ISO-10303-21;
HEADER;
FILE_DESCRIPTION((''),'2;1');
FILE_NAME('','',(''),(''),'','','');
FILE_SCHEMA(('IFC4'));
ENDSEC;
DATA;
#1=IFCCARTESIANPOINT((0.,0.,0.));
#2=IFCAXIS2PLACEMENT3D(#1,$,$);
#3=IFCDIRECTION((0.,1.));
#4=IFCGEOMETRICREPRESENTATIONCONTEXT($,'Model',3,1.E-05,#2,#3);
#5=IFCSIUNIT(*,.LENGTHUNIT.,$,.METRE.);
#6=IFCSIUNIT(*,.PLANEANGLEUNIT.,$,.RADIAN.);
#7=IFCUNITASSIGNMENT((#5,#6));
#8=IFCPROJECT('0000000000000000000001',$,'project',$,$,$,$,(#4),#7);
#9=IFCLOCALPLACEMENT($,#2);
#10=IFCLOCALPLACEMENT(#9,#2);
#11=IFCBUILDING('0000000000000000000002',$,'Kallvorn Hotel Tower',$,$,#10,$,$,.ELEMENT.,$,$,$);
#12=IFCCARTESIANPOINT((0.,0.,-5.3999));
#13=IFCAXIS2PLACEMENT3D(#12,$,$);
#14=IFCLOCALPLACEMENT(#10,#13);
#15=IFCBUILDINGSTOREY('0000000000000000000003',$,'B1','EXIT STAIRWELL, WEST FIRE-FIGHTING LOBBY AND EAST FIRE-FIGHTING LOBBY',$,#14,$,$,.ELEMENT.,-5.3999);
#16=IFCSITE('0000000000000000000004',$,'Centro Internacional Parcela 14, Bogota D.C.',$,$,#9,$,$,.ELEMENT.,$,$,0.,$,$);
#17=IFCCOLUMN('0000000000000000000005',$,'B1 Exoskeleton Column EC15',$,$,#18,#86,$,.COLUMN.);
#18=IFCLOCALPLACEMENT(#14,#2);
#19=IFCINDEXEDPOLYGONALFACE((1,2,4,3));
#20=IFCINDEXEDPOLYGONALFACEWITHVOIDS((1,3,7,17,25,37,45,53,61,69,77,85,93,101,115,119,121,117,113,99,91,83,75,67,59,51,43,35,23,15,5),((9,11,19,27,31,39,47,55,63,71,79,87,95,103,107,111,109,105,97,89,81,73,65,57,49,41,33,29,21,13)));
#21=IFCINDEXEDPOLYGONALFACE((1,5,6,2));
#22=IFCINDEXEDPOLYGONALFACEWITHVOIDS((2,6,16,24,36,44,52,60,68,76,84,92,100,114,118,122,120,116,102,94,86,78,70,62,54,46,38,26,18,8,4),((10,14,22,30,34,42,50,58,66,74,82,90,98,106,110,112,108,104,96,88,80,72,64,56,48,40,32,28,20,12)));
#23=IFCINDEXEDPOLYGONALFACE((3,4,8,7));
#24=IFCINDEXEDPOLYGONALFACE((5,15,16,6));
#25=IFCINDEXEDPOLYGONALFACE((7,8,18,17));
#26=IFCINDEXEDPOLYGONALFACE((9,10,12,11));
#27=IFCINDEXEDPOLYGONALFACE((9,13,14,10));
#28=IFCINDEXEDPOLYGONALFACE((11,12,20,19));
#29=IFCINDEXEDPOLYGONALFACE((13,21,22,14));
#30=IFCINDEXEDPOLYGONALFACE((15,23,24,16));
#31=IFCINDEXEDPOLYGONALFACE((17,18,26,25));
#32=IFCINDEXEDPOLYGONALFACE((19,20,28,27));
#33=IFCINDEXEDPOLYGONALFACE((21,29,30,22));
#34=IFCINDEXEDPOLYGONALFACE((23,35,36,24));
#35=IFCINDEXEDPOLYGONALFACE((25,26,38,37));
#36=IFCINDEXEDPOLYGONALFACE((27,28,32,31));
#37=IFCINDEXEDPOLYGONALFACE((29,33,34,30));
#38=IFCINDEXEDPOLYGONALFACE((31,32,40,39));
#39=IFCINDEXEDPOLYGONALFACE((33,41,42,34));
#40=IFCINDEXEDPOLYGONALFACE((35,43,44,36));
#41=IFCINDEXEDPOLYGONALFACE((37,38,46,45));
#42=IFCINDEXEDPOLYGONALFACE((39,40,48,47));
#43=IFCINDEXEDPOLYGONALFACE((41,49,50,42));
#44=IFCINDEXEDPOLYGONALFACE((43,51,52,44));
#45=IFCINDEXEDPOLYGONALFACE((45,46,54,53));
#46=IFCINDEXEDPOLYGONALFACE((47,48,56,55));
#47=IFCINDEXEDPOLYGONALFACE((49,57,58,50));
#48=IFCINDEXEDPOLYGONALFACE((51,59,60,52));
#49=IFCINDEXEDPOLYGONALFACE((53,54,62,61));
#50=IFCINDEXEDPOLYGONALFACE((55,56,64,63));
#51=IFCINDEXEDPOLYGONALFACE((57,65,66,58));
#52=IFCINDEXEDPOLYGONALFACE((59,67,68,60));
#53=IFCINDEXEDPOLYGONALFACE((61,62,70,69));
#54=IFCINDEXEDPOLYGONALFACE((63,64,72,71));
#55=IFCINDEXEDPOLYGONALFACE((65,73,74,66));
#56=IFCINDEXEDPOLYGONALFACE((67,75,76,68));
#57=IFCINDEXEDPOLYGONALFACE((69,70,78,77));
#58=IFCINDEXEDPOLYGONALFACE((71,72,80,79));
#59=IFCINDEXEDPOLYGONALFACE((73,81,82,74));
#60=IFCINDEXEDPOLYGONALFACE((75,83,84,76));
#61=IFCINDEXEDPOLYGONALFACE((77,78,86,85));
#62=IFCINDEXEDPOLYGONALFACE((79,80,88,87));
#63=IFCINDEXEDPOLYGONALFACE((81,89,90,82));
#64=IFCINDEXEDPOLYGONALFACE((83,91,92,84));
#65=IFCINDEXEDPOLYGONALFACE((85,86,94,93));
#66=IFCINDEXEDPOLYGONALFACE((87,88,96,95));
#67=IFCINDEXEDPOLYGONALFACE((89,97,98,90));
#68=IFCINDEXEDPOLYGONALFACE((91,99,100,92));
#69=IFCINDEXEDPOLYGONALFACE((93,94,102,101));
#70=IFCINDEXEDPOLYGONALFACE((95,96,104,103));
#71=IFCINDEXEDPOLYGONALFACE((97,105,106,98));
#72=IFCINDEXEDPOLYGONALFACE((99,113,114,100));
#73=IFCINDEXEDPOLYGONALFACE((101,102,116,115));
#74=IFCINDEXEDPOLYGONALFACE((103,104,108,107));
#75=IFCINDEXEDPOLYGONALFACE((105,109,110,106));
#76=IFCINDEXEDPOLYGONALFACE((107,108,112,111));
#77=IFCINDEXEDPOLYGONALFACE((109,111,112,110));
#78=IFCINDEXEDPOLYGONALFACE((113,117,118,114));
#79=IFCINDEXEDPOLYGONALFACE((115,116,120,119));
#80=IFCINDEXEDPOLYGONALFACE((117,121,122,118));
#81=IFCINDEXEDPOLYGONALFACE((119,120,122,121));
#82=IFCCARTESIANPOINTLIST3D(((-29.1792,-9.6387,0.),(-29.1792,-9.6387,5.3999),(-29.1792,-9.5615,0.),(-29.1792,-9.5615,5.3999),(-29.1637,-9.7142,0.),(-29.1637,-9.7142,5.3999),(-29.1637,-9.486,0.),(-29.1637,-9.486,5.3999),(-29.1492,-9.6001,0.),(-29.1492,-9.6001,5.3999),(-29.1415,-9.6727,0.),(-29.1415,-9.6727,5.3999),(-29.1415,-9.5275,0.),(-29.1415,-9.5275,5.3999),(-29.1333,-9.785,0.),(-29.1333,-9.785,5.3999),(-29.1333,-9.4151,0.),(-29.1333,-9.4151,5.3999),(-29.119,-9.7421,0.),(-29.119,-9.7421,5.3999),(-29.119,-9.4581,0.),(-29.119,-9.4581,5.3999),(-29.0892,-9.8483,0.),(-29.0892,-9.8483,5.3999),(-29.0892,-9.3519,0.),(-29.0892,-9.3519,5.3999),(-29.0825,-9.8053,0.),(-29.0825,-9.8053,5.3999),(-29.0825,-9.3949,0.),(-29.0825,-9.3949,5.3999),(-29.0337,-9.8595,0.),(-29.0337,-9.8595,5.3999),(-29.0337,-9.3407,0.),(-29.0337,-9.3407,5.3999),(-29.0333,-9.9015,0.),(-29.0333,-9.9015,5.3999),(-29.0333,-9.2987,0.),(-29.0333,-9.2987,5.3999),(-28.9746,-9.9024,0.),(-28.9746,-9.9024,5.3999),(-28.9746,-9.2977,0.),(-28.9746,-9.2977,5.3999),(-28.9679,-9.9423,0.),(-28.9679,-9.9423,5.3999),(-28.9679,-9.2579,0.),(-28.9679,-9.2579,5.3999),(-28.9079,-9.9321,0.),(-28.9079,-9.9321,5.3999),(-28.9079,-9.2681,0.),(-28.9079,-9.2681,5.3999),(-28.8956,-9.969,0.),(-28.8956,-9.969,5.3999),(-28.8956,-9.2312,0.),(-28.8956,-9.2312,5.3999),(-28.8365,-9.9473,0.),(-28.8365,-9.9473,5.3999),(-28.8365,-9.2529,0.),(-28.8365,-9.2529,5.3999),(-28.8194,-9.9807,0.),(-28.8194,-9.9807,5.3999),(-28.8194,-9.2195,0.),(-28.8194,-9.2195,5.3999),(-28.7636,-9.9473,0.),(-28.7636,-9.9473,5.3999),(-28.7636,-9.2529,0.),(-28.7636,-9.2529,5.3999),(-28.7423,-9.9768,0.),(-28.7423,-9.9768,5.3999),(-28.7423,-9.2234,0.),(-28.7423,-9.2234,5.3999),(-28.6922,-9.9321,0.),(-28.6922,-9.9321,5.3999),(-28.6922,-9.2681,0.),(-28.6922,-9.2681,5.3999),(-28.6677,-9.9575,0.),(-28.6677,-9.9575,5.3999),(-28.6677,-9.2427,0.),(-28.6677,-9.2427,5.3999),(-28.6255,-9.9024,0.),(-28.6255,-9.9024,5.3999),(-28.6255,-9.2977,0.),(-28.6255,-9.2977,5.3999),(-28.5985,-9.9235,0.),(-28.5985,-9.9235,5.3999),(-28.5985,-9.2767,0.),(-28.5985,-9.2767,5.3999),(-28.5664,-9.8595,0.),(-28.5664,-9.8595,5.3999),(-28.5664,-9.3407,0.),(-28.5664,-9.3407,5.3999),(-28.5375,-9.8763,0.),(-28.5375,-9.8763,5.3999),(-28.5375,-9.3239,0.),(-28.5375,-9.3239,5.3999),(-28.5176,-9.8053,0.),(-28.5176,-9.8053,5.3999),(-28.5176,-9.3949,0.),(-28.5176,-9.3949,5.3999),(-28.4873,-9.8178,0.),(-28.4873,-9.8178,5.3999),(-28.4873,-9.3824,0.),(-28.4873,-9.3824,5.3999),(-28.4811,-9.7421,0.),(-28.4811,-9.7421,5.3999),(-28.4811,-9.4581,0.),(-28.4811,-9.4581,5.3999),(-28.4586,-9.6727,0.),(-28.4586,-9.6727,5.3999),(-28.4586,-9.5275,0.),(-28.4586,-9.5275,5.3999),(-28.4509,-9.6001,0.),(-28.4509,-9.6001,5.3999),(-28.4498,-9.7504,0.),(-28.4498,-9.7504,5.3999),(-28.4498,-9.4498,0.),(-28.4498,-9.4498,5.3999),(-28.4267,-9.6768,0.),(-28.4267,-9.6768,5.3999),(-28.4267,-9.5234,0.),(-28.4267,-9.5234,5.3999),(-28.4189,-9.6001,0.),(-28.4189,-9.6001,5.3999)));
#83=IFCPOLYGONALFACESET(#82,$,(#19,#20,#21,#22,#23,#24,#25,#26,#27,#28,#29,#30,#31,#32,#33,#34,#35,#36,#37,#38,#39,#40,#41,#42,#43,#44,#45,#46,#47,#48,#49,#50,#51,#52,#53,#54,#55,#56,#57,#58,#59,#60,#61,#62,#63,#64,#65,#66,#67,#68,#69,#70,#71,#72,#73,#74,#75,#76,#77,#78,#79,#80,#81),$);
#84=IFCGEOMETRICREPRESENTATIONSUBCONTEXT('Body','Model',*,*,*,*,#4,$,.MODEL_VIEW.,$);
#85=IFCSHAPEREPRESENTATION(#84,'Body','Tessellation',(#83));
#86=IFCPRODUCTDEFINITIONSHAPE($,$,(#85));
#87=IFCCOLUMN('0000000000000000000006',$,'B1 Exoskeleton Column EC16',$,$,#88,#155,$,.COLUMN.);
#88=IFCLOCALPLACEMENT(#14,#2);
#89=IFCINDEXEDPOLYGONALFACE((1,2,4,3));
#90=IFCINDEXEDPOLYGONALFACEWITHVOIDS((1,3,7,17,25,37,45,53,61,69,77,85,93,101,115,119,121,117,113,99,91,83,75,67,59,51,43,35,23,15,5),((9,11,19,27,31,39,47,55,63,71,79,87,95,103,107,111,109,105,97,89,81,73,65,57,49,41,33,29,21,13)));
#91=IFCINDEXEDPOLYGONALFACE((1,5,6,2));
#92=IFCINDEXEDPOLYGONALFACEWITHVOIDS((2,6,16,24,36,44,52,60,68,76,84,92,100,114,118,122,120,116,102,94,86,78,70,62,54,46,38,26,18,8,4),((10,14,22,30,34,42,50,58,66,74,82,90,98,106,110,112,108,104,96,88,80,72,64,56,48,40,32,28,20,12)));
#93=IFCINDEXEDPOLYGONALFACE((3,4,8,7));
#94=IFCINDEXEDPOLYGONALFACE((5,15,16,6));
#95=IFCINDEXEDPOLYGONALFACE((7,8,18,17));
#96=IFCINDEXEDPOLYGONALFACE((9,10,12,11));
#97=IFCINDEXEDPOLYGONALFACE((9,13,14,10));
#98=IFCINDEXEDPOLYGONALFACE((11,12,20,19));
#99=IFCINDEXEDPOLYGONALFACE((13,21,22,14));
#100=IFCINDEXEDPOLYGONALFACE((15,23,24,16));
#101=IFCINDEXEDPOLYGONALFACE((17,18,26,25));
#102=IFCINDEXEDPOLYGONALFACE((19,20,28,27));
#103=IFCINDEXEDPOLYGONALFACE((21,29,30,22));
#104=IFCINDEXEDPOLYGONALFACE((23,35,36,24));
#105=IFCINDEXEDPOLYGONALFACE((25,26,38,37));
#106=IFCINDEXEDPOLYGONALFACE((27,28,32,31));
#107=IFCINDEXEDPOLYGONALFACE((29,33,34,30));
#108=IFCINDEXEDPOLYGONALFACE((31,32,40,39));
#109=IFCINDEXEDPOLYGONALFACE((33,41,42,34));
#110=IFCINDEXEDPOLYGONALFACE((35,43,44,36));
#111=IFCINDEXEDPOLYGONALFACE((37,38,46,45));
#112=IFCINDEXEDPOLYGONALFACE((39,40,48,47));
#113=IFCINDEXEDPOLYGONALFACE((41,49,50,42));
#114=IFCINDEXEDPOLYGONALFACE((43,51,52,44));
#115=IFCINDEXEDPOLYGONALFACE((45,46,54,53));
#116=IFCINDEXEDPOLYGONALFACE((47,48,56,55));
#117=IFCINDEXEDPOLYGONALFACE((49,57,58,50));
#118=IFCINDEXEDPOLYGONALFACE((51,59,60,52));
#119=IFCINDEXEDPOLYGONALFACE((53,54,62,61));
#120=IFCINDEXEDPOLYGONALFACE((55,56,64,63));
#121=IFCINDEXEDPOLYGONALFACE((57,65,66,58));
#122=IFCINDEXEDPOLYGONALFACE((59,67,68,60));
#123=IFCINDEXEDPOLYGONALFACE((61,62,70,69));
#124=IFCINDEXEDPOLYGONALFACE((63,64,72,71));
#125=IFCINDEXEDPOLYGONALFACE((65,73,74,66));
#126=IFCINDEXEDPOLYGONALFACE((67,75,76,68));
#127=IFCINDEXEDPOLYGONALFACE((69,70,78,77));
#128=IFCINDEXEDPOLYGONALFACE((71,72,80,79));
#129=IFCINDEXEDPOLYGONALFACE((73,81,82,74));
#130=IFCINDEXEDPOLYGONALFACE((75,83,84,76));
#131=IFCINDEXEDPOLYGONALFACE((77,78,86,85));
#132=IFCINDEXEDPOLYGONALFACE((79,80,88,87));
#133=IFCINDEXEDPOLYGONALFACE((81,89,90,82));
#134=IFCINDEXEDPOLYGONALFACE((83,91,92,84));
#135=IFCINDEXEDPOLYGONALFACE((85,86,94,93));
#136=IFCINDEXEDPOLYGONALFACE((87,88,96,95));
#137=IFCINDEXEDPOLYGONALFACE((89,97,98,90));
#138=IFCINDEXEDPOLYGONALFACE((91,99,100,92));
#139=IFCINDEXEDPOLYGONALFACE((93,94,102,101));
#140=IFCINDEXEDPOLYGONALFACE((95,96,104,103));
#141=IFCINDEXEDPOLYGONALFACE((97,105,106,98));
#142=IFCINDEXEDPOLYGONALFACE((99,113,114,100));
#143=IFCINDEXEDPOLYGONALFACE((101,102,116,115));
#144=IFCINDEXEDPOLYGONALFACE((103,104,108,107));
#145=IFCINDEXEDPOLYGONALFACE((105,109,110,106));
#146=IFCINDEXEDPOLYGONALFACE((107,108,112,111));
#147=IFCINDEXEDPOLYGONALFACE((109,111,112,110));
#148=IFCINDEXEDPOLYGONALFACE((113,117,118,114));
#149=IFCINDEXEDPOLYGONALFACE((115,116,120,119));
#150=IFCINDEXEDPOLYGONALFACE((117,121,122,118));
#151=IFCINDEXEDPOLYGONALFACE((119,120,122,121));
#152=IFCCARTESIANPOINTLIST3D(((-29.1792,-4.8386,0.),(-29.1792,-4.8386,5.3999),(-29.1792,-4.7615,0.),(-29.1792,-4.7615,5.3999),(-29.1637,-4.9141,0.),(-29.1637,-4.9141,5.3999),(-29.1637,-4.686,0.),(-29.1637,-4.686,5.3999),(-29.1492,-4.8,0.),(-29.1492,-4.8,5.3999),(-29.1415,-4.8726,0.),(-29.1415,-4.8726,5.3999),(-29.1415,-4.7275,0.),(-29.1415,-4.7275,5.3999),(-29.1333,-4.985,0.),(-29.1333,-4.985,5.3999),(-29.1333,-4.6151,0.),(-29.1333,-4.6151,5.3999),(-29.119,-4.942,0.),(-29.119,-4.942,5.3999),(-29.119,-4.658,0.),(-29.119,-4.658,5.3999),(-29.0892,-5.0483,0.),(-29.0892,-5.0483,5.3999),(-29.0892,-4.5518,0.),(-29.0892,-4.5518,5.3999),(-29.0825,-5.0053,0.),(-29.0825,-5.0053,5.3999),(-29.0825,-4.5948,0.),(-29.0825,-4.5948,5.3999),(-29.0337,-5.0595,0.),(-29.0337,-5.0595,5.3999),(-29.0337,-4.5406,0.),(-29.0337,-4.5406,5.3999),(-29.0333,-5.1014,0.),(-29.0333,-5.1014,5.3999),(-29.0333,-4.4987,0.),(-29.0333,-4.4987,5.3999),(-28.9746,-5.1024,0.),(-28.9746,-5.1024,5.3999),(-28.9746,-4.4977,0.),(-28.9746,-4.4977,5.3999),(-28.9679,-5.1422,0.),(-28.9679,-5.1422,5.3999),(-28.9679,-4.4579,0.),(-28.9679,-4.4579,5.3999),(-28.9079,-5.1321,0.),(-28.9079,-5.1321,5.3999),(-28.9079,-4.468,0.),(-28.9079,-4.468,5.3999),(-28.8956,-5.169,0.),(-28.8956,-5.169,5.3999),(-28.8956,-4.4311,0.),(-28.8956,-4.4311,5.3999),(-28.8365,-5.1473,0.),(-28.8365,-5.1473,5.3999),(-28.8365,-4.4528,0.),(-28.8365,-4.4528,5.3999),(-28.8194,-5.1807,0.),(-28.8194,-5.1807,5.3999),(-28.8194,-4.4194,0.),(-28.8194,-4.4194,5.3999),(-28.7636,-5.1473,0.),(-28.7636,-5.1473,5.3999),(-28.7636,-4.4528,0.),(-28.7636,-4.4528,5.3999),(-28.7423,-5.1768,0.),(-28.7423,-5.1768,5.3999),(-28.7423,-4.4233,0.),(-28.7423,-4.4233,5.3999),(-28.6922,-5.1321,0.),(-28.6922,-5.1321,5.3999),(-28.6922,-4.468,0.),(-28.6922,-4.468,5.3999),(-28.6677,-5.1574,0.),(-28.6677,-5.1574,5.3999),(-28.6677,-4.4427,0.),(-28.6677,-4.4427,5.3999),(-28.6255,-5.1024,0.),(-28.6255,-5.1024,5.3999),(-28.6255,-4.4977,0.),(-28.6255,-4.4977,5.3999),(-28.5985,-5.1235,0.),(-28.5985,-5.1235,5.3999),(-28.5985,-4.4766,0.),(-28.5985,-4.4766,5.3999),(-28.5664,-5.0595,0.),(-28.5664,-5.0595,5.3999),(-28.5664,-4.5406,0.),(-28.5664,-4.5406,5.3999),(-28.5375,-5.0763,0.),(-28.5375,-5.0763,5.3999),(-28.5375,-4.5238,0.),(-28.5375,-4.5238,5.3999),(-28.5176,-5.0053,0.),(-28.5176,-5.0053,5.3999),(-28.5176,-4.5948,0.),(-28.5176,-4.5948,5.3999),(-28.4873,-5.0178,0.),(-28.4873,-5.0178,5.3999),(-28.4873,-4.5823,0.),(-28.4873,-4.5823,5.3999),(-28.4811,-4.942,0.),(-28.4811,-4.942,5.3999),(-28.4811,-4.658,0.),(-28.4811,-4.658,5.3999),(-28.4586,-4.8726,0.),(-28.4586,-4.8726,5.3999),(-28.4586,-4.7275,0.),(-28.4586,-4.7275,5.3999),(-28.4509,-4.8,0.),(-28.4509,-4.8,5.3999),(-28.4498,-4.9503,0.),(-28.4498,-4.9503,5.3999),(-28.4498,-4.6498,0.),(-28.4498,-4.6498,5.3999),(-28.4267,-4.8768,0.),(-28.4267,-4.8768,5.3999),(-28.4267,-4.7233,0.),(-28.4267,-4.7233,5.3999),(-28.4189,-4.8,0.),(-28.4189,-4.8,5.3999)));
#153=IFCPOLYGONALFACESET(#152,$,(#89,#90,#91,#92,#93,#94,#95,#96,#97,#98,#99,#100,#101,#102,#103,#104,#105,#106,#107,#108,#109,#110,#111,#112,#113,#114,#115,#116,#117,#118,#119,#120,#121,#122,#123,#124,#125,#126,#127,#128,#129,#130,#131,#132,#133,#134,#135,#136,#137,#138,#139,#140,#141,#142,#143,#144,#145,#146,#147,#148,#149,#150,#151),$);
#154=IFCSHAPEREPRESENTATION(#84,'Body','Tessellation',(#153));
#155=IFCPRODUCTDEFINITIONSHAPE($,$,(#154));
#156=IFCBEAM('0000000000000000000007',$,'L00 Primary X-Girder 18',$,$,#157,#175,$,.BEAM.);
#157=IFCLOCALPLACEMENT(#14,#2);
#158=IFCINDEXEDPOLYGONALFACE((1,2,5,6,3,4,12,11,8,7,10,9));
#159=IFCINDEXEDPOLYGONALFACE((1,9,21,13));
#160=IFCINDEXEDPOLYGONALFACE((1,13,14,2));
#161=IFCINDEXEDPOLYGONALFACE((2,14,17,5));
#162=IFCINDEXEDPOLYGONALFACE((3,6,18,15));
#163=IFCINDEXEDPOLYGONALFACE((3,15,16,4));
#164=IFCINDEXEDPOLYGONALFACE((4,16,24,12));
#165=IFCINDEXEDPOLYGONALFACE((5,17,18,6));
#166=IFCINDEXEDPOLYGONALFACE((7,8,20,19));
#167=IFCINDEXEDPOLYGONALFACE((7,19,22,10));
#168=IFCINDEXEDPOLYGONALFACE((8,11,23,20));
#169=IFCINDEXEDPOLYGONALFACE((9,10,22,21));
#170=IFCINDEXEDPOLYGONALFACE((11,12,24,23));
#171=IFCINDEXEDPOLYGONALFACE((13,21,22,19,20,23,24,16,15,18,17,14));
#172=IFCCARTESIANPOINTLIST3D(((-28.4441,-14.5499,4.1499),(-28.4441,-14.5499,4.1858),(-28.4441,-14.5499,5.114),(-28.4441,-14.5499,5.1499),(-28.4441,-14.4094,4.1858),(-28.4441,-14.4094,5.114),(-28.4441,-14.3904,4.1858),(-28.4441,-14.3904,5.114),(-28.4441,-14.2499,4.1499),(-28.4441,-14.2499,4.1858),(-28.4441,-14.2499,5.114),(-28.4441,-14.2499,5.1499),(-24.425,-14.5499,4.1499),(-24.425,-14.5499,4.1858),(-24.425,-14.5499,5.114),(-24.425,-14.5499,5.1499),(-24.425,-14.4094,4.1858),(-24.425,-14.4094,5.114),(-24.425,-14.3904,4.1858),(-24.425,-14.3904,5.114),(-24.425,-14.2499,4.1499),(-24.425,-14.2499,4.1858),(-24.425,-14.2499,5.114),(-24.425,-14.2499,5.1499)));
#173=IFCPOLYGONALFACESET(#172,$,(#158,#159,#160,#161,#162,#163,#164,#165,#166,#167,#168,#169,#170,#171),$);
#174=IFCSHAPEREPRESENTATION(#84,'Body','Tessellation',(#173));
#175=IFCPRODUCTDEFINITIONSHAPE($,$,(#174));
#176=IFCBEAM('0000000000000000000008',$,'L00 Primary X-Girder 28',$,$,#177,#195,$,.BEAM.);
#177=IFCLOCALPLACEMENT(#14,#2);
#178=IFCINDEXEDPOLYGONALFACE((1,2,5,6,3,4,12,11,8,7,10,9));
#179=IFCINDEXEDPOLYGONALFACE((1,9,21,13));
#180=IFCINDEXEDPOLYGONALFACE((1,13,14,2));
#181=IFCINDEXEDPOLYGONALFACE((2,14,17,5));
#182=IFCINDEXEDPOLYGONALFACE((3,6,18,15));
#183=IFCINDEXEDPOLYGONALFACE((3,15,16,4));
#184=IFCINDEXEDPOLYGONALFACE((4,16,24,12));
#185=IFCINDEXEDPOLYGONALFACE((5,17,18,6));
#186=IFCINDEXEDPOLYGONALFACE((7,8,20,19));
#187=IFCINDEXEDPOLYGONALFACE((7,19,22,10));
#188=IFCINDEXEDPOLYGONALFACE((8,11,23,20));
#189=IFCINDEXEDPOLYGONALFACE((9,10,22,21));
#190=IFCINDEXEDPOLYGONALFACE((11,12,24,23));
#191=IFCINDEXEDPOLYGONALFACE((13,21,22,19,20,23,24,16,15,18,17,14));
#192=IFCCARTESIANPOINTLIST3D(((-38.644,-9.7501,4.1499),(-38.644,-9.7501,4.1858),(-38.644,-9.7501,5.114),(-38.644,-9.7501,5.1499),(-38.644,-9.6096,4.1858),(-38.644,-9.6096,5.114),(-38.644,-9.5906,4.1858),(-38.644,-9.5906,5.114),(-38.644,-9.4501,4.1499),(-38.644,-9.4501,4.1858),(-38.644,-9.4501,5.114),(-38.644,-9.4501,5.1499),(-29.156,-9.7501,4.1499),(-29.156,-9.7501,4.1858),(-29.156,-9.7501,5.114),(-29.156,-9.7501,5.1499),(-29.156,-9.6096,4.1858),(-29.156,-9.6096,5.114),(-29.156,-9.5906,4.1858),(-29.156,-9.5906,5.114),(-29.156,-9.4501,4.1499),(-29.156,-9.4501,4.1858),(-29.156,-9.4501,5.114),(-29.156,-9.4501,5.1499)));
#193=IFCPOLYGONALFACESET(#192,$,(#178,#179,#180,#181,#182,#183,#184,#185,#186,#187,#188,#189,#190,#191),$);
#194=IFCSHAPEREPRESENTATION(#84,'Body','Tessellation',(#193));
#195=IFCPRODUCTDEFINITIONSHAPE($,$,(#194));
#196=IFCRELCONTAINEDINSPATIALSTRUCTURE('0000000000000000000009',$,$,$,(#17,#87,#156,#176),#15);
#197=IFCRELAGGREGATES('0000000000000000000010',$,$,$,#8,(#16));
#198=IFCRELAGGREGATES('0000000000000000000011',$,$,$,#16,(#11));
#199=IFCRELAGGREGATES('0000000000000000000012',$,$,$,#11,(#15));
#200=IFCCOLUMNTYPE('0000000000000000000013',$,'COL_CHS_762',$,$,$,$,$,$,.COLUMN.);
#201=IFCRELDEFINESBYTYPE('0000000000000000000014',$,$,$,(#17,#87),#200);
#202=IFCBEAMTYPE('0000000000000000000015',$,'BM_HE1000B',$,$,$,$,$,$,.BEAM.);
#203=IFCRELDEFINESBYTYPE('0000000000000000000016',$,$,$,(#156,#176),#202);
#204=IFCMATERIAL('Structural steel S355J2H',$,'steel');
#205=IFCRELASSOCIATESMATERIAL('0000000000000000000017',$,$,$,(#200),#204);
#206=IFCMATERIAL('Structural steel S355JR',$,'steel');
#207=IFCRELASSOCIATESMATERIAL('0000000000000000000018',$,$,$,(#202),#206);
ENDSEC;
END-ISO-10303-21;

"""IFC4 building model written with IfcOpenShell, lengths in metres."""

from ifc_helpers import new_model, si_unit, direction, frame, origin, origin_2d, place, context, subcontext, project, spatial, hollow_circle, i_section, extrude, material, material_profile, profile_set, type_object, element, save


model = new_model("IFC4")

# Units and contexts
model_context = context("Model", 3, precision=1e-05, world=origin(), true_north=direction((0.0, 1.0)))
body_context = subcontext(model_context, "Body", "Model", "MODEL_VIEW")
ifc_project = project(units=[si_unit("LENGTHUNIT", "METRE"), si_unit("PLANEANGLEUNIT", "RADIAN")], contexts=[model_context])

# Site, building, storey
site_placement = place(None, origin())
site = spatial("IfcSite", under=ifc_project, at=site_placement, Name="Centro Internacional Parcela 14, Bogota D.C.", CompositionType="ELEMENT", RefElevation=0.0)
building_placement = place(site_placement, origin())
building = spatial("IfcBuilding", under=site, at=building_placement, Name="Kallvorn Hotel Tower", CompositionType="ELEMENT")
storey_placement = place(building_placement, frame((0.0, 0.0, -5.3999)))
storey = spatial("IfcBuildingStorey", under=building, at=storey_placement, Name="B1", Description="EXIT STAIRWELL, WEST FIRE-FIGHTING LOBBY AND EAST FIRE-FIGHTING LOBBY", CompositionType="ELEMENT", Elevation=-5.3999)

# Columns
ifc_material_1 = material(Name="Structural steel S355J2H", Category="steel")
ifc_material_profile_1 = material_profile(ifc_material_1, hollow_circle(Radius=0.3811, WallThickness=0.032, at=origin_2d()), Name="CHS 762x32")
ifc_profile_set_1 = profile_set([ifc_material_profile_1], Name="Structural steel S355J2H")
column_type = type_object("IfcColumnType", Name="COL_CHS_762", PredefinedType="COLUMN", material=ifc_profile_set_1)
for number, where, z_axis, x_axis, name in (
    (1, (-28.8, -9.6001, 0.0), (0.0, 0.0, 1.0), (1.0, 0.0, 0.0), "B1 Exoskeleton Column EC15"),
    (2, (-28.8, -4.8, 0.0), (0.0, 0.0, 1.0), (1.0, 0.0, 0.0), "B1 Exoskeleton Column EC16"),
):
    element("IfcColumn", number, at=place(storey_placement, frame(where, z_axis=z_axis, x_axis=x_axis)), inside=storey, type_object=column_type, Name=name, PredefinedType="COLUMN", context=body_context, shape_type="SweptSolid", body=[
        extrude(hollow_circle(Radius=0.3811, WallThickness=0.032, at=origin_2d()), origin(), (0.0, 0.0, 1.0), 5.3999),
    ])

# Beams
ifc_material_2 = material(Name="Structural steel S355JR", Category="steel")
ifc_material_profile_2 = material_profile(ifc_material_2, i_section(OverallWidth=0.3, OverallDepth=1.0, WebThickness=0.019, FlangeThickness=0.0359, at=origin_2d()), Name="HE 1000 B")
ifc_profile_set_2 = profile_set([ifc_material_profile_2], Name="Structural steel S355JR")
beam_type_1 = type_object("IfcBeamType", Name="BM_HE1000B", PredefinedType="BEAM", material=ifc_profile_set_2)
beam_1_placement = place(storey_placement, frame((-28.4441, -14.3999, 4.6499), z_axis=(1.0, 0.0, 0.0), x_axis=(0.0, 1.0, 0.0)))
element("IfcBeam", 3, at=beam_1_placement, inside=storey, type_object=beam_type_1, Name="L00 Primary X-Girder 18", PredefinedType="BEAM", context=body_context, shape_type="SweptSolid", body=[
    extrude(i_section(OverallWidth=0.3, OverallDepth=1.0, WebThickness=0.019, FlangeThickness=0.0359, at=origin_2d()), origin(), (0.0, 0.0, 1.0), 4.019),
])
beam_2_placement = place(storey_placement, frame((-38.644, -9.6001, 4.6499), z_axis=(1.0, 0.0, 0.0), x_axis=(0.0, 1.0, 0.0)))
element("IfcBeam", 4, at=beam_2_placement, inside=storey, type_object=beam_type_1, Name="L00 Primary X-Girder 28", PredefinedType="BEAM", context=body_context, shape_type="SweptSolid", body=[
    extrude(i_section(OverallWidth=0.3, OverallDepth=1.0, WebThickness=0.019, FlangeThickness=0.0359, at=origin_2d()), origin(), (0.0, 0.0, 1.0), 9.488),
])

save(model, "model.ifc")
